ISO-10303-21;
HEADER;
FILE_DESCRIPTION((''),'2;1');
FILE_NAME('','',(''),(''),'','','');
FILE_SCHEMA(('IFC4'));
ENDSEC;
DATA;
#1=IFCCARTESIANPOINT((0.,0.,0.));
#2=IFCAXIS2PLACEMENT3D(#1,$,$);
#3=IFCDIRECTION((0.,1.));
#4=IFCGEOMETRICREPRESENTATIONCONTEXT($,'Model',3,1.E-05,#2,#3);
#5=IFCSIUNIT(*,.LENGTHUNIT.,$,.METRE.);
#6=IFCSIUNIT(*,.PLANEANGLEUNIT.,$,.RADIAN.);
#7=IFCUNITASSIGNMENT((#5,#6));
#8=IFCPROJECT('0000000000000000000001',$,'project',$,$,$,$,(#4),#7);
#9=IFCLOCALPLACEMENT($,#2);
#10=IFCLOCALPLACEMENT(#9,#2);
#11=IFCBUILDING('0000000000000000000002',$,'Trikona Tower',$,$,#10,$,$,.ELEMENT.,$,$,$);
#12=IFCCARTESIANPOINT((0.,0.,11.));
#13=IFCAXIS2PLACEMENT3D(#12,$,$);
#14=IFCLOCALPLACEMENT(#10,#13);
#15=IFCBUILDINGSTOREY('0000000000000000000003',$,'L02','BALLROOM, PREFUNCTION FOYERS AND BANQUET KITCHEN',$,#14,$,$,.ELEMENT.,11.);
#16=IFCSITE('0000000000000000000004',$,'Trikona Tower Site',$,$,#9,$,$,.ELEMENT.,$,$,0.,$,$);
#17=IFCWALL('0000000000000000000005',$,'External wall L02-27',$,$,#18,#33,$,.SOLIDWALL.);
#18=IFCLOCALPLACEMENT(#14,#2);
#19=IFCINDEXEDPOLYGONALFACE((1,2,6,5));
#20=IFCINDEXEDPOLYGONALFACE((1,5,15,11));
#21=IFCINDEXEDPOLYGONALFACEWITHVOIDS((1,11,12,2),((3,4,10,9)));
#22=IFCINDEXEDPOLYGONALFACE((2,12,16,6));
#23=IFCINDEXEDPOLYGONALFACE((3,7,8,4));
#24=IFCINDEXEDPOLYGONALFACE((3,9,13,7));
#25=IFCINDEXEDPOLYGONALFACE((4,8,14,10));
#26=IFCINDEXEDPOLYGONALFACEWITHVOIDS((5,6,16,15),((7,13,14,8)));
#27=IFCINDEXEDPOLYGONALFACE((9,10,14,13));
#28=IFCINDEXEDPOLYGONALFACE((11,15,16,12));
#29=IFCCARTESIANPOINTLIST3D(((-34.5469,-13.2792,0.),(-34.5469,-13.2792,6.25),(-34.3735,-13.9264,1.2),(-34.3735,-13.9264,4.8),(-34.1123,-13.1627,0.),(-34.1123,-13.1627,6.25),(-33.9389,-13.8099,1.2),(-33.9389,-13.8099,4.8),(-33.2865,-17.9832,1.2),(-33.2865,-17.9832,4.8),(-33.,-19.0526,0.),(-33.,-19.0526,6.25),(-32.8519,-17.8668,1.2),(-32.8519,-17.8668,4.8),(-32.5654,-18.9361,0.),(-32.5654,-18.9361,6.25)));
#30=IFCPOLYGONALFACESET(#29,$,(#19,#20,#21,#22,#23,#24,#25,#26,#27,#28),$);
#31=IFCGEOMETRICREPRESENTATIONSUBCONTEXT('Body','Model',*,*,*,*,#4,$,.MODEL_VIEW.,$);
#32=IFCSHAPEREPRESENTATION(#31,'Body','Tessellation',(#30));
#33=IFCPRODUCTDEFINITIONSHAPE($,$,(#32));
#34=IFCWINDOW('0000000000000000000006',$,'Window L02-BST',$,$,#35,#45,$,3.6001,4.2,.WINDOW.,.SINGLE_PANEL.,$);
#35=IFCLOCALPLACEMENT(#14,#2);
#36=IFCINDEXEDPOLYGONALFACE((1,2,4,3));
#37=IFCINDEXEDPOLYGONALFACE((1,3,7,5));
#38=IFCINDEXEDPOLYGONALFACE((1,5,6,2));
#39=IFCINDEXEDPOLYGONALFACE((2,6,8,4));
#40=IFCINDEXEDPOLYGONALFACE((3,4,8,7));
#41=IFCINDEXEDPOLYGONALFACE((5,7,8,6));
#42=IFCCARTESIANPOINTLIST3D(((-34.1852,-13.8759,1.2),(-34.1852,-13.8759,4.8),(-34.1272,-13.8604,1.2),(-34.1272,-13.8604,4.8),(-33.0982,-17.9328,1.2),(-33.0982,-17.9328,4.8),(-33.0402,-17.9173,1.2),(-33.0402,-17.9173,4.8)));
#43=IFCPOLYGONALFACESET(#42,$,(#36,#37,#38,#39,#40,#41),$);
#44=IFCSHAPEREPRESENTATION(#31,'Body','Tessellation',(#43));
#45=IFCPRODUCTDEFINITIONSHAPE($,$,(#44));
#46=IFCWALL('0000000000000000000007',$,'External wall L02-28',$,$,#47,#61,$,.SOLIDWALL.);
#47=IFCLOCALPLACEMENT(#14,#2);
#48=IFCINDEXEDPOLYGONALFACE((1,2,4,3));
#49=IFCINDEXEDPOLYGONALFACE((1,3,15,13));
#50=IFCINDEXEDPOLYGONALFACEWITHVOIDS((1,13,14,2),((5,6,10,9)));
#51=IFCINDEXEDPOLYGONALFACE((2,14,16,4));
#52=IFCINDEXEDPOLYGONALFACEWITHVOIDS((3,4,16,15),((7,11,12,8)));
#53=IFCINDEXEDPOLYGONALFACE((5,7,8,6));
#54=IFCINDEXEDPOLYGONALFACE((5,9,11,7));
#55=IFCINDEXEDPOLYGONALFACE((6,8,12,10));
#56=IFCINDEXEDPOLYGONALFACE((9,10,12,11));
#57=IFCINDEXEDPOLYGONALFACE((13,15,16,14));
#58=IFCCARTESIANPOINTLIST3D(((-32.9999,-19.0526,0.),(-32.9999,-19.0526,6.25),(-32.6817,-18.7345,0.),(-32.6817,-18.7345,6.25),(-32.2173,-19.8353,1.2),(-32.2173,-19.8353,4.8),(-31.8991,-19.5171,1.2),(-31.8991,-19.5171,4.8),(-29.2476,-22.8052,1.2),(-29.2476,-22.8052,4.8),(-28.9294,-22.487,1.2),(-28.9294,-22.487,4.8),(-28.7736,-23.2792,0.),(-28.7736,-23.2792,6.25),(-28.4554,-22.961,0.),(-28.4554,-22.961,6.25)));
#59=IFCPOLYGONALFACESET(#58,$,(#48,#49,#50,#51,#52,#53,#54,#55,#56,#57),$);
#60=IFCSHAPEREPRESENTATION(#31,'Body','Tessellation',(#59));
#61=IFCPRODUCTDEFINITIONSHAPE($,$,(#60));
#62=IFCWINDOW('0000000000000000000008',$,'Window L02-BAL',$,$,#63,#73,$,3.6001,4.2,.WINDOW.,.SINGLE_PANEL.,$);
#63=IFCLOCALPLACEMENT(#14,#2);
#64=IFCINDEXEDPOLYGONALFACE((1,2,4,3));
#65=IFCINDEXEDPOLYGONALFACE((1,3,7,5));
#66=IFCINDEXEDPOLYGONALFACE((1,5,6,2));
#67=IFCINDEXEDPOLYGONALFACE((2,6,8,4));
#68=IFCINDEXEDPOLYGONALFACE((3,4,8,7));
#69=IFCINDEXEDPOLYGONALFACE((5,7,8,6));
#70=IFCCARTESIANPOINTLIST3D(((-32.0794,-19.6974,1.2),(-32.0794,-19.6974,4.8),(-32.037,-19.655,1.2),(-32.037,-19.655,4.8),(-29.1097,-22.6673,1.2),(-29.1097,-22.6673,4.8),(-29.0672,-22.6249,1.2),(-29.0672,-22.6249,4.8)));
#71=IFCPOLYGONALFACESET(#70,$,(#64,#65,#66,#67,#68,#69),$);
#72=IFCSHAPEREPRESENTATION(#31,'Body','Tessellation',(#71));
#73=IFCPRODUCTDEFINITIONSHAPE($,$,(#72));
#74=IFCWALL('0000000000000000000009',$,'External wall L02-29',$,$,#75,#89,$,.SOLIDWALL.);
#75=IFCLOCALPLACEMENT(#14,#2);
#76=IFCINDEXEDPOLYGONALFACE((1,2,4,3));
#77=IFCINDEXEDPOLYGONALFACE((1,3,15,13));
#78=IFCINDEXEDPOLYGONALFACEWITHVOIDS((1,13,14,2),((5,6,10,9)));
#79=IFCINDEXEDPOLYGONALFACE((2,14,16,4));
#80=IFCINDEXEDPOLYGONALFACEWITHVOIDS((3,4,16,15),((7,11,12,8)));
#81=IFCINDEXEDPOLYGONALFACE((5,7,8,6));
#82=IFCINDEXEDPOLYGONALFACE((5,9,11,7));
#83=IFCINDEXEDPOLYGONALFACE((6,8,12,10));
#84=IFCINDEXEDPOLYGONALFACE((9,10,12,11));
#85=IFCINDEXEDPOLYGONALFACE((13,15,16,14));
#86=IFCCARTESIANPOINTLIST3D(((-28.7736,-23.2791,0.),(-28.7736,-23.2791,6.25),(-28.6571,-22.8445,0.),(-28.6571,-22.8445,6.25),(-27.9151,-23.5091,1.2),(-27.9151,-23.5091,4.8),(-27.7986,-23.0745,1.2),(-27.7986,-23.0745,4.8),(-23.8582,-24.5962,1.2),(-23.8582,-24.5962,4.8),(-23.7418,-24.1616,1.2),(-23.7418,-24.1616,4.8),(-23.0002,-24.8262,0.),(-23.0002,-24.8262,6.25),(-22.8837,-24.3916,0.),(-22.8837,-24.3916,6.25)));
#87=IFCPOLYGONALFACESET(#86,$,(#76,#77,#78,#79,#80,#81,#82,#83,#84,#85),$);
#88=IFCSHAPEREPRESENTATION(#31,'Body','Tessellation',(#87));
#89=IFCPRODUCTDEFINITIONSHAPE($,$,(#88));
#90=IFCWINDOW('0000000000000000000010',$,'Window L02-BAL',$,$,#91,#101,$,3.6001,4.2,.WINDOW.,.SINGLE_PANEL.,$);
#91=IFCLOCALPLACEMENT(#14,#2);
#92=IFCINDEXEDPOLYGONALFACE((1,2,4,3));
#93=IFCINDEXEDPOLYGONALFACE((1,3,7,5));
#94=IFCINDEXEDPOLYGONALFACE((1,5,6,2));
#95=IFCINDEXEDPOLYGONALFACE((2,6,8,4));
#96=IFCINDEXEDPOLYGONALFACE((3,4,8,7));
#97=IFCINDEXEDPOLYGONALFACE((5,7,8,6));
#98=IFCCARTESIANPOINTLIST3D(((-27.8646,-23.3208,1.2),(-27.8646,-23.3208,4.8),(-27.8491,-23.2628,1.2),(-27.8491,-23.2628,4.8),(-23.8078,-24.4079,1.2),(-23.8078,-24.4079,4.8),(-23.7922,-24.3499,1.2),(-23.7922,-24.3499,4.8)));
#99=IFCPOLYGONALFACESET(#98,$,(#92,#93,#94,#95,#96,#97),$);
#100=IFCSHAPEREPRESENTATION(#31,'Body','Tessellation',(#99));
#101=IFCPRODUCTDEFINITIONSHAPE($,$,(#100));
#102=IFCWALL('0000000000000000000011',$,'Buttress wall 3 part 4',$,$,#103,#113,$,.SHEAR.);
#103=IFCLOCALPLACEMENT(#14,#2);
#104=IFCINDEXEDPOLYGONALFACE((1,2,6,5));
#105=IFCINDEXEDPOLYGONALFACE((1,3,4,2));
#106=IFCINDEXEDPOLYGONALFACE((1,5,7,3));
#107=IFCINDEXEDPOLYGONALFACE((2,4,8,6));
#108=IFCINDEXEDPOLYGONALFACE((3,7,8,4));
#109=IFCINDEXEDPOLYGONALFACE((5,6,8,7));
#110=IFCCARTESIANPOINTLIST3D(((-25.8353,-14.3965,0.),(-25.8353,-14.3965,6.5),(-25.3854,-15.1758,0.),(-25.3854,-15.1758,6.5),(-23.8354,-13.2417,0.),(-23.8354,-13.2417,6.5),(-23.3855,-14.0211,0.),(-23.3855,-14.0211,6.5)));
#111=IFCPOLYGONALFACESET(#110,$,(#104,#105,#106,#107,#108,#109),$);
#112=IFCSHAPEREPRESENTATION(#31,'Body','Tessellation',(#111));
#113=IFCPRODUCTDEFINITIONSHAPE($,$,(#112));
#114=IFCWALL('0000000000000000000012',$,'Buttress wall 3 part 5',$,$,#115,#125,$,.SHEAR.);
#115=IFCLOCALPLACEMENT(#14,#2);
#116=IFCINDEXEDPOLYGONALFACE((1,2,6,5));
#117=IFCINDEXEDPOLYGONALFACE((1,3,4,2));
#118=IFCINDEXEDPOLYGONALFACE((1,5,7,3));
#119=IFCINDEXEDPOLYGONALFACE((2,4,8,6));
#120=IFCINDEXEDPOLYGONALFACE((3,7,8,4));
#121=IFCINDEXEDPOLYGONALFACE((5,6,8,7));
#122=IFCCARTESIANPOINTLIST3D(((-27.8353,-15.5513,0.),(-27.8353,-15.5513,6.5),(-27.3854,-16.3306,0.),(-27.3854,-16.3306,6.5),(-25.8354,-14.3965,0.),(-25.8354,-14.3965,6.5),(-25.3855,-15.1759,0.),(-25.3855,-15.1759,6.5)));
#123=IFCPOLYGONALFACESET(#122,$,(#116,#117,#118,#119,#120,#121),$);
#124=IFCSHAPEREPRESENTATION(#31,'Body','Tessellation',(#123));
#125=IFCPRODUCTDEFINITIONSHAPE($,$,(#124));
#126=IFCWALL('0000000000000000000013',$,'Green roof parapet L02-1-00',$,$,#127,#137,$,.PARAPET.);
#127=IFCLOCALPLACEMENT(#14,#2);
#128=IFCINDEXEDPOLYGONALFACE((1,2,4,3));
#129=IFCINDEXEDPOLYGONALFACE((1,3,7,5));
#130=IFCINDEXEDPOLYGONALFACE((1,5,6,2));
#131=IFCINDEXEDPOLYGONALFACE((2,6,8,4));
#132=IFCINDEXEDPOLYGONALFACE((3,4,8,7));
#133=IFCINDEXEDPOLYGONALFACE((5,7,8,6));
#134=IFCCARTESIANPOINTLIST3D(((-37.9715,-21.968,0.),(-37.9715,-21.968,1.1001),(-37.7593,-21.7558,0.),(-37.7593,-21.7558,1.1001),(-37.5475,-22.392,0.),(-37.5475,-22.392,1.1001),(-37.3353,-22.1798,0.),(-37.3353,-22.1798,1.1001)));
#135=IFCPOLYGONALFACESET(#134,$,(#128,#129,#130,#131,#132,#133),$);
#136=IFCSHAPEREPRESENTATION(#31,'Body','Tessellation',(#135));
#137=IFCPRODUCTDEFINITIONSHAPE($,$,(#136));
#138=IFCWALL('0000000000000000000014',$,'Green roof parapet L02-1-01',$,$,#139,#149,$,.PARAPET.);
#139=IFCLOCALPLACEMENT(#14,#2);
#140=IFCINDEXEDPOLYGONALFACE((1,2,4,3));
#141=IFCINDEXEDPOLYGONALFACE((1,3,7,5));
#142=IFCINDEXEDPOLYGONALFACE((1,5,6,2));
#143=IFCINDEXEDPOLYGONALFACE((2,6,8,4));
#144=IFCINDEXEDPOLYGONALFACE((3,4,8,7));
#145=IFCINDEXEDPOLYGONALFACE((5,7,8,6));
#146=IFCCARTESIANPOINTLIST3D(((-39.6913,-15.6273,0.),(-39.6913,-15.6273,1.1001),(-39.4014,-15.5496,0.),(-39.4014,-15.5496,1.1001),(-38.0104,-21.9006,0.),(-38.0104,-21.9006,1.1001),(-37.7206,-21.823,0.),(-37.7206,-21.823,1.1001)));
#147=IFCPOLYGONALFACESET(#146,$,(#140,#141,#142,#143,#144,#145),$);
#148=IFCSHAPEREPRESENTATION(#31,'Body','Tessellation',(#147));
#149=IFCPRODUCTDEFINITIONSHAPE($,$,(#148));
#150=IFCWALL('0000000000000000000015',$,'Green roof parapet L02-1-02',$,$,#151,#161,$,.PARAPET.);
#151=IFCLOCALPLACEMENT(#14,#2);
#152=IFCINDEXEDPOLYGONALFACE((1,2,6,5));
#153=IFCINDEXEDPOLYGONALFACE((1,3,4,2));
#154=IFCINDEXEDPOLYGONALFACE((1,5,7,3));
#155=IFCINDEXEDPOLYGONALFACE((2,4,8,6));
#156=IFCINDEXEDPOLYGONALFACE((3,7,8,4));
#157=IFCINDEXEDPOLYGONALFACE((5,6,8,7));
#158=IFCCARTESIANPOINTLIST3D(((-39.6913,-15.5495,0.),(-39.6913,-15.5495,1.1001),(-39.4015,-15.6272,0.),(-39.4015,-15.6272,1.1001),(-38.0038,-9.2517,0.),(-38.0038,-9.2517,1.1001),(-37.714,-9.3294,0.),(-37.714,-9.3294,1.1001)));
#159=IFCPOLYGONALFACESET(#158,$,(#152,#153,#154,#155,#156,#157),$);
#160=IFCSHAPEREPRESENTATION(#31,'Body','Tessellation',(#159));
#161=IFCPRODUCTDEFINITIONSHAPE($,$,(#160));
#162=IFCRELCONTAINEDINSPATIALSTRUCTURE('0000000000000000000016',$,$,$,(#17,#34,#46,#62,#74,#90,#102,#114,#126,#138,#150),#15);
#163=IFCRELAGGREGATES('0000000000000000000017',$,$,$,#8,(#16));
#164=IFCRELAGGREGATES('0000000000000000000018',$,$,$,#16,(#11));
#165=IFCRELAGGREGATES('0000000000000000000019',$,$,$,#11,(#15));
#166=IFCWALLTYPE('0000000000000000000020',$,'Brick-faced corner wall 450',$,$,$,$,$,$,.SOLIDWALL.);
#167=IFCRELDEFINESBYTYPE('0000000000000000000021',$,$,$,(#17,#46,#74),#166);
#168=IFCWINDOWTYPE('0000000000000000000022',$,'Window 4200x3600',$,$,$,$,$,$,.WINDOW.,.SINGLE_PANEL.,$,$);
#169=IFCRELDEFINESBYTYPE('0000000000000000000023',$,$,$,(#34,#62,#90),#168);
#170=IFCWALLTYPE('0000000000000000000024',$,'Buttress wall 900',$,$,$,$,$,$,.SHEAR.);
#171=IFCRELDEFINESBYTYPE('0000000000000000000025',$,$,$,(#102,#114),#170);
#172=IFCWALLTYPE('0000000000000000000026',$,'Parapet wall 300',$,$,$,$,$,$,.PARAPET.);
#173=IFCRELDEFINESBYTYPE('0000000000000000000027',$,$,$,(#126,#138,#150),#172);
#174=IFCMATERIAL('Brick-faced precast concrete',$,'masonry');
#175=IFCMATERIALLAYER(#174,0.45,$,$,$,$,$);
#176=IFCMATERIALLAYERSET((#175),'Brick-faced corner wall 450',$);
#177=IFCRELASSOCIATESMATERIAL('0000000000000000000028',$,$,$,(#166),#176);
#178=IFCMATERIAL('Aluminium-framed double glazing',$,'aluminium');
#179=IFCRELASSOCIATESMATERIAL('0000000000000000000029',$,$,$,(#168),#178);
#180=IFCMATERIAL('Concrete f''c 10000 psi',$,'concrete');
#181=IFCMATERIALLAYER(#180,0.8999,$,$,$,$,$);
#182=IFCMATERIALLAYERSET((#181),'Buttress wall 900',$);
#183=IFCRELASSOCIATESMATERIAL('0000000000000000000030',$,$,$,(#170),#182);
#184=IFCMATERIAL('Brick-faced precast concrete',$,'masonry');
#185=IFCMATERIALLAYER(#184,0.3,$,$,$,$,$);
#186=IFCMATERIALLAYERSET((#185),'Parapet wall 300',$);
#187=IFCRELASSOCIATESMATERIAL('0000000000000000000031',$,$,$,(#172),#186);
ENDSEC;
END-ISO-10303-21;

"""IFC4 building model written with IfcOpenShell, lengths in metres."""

from ifc_helpers import new_model, si_unit, direction, frame, frame_2d, origin, place, context, subcontext, project, spatial, rectangle, extrude, material, layer, layer_set, type_object, element, fill, save


model = new_model("IFC4")

# Units and contexts
model_context = context("Model", 3, precision=1e-05, world=origin(), true_north=direction((0.0, 1.0)))
body_context = subcontext(model_context, "Body", "Model", "MODEL_VIEW")
ifc_project = project(units=[si_unit("LENGTHUNIT", "METRE"), si_unit("PLANEANGLEUNIT", "RADIAN")], contexts=[model_context])

# Site, building, storey
site_placement = place(None, origin())
site = spatial("IfcSite", under=ifc_project, at=site_placement, Name="Trikona Tower Site", CompositionType="ELEMENT", RefElevation=0.0)
building_placement = place(site_placement, origin())
building = spatial("IfcBuilding", under=site, at=building_placement, Name="Trikona Tower", CompositionType="ELEMENT")
storey_placement = place(building_placement, frame((0.0, 0.0, 11.0)))
storey = spatial("IfcBuildingStorey", under=building, at=storey_placement, Name="L02", Description="BALLROOM, PREFUNCTION FOYERS AND BANQUET KITCHEN", CompositionType="ELEMENT", Elevation=11.0)

# Walls, openings, windows
ifc_material_1 = material(Name="Brick-faced precast concrete", Category="masonry")
ifc_layer_1 = layer(ifc_material_1, 0.45)
ifc_layer_set_1 = layer_set([ifc_layer_1], Name="Brick-faced corner wall 450")
wall_type_1 = type_object("IfcWallType", Name="Brick-faced corner wall 450", PredefinedType="SOLIDWALL", material=ifc_layer_set_1)
wall_1_placement = place(storey_placement, frame((-34.3296, -13.2209, 0.0), z_axis=(0.0, 0.0, 1.0), x_axis=(0.258801, -0.965931, 0.0)))
wall_1 = element("IfcWall", 1, at=wall_1_placement, inside=storey, type_object=wall_type_1, Name="External wall L02-27", PredefinedType="SOLIDWALL", context=body_context, shape_type="SweptSolid", body=[
    extrude(rectangle(XDim=5.9771, YDim=0.45, at=frame_2d((2.9885, 0.0))), origin(), (0.0, 0.0, 1.0), 6.25),
])
opening_1_placement = place(wall_1_placement, frame((0.6699, 0.0, 1.2)))
opening_1 = element("IfcOpeningElement", 2, at=opening_1_placement, cuts=wall_1, PredefinedType="OPENING", context=body_context, shape_type="SweptSolid", body=[
    extrude(rectangle(XDim=4.2, YDim=3.6001, at=frame_2d((2.1001, 1.8))), frame((0.0, 0.2349, 0.0), z_axis=(0.0, -1.0, 0.0), x_axis=(1.0, 0.0, 0.0)), (0.0, 0.0, 1.0), 0.47),
])
ifc_material_2 = material(Name="Aluminium-framed double glazing", Category="aluminium")
window_type = type_object("IfcWindowType", Name="Window 4200x3600", PartitioningType="SINGLE_PANEL", PredefinedType="WINDOW", material=ifc_material_2)
window_1_placement = place(opening_1_placement, origin())
window_1 = element("IfcWindow", 3, at=window_1_placement, inside=storey, type_object=window_type, Name="Window L02-BST", OverallHeight=3.6001, OverallWidth=4.2, PartitioningType="SINGLE_PANEL", PredefinedType="WINDOW", context=body_context, shape_type="SweptSolid", body=[
    extrude(rectangle(XDim=4.2, YDim=3.6001, at=frame_2d((2.1001, 1.8))), frame((0.0, 0.03, 0.0), z_axis=(0.0, -1.0, 0.0), x_axis=(1.0, 0.0, 0.0)), (0.0, 0.0, 1.0), 0.0601),
])
fill(opening_1, window_1)
wall_2_placement = place(storey_placement, frame((-32.8408, -18.8936, 0.0), z_axis=(0.0, 0.0, 1.0), x_axis=(0.707086, -0.707127, 0.0)))
wall_2 = element("IfcWall", 4, at=wall_2_placement, inside=storey, type_object=wall_type_1, Name="External wall L02-28", PredefinedType="SOLIDWALL", context=body_context, shape_type="SweptSolid", body=[
    extrude(rectangle(XDim=5.9771, YDim=0.45, at=frame_2d((2.9885, 0.0))), origin(), (0.0, 0.0, 1.0), 6.25),
])
opening_2_placement = place(wall_2_placement, frame((1.1067, 0.0, 1.2)))
opening_2 = element("IfcOpeningElement", 5, at=opening_2_placement, cuts=wall_2, PredefinedType="OPENING", context=body_context, shape_type="SweptSolid", body=[
    extrude(rectangle(XDim=4.2, YDim=3.6001, at=frame_2d((2.1001, 1.8))), frame((0.0, 0.2349, 0.0), z_axis=(0.0, -1.0, 0.0), x_axis=(1.0, 0.0, 0.0)), (0.0, 0.0, 1.0), 0.47),
])
window_2_placement = place(opening_2_placement, origin())
window_2 = element("IfcWindow", 6, at=window_2_placement, inside=storey, type_object=window_type, Name="Window L02-BAL", OverallHeight=3.6001, OverallWidth=4.2, PartitioningType="SINGLE_PANEL", PredefinedType="WINDOW", context=body_context, shape_type="SweptSolid", body=[
    extrude(rectangle(XDim=4.2, YDim=3.6001, at=frame_2d((2.1001, 1.8))), frame((0.0, 0.03, 0.0), z_axis=(0.0, -1.0, 0.0), x_axis=(1.0, 0.0, 0.0)), (0.0, 0.0, 1.0), 0.0601),
])
fill(opening_2, window_2)
wall_3_placement = place(storey_placement, frame((-28.7153, -23.0618, 0.0), z_axis=(0.0, 0.0, 1.0), x_axis=(0.96592, -0.25884, 0.0)))
wall_3 = element("IfcWall", 7, at=wall_3_placement, inside=storey, type_object=wall_type_1, Name="External wall L02-29", PredefinedType="SOLIDWALL", context=body_context, shape_type="SweptSolid", body=[
    extrude(rectangle(XDim=5.9771, YDim=0.45, at=frame_2d((2.9885, 0.0))), origin(), (0.0, 0.0, 1.0), 6.25),
])
opening_3_placement = place(wall_3_placement, frame((0.8887, 0.0, 1.2)))
opening_3 = element("IfcOpeningElement", 8, at=opening_3_placement, cuts=wall_3, PredefinedType="OPENING", context=body_context, shape_type="SweptSolid", body=[
    extrude(rectangle(XDim=4.2, YDim=3.6001, at=frame_2d((2.1001, 1.8))), frame((0.0, 0.2349, 0.0), z_axis=(0.0, -1.0, 0.0), x_axis=(1.0, 0.0, 0.0)), (0.0, 0.0, 1.0), 0.47),
])
window_3_placement = place(opening_3_placement, origin())
window_3 = element("IfcWindow", 9, at=window_3_placement, inside=storey, type_object=window_type, Name="Window L02-BAL", OverallHeight=3.6001, OverallWidth=4.2, PartitioningType="SINGLE_PANEL", PredefinedType="WINDOW", context=body_context, shape_type="SweptSolid", body=[
    extrude(rectangle(XDim=4.2, YDim=3.6001, at=frame_2d((2.1001, 1.8))), frame((0.0, 0.03, 0.0), z_axis=(0.0, -1.0, 0.0), x_axis=(1.0, 0.0, 0.0)), (0.0, 0.0, 1.0), 0.0601),
])
fill(opening_3, window_3)

# Walls
ifc_material_3 = material(Name="Concrete f'c 10000 psi", Category="concrete")
ifc_layer_2 = layer(ifc_material_3, 0.8999)
ifc_layer_set_2 = layer_set([ifc_layer_2], Name="Buttress wall 900")
wall_type_2 = type_object("IfcWallType", Name="Buttress wall 900", PredefinedType="SHEAR", material=ifc_layer_set_2)
for number, where, z_axis, x_axis, name in (
    (10, (-23.6104, -13.6313, 0.0), (0.0, 0.0, 1.0), (-0.86601, -0.500027, 0.0), "Buttress wall 3 part 4"),
    (11, (-25.6104, -14.7861, 0.0), (0.0, 0.0, 1.0), (-0.86601, -0.500027, 0.0), "Buttress wall 3 part 5"),
):
    element("IfcWall", number, at=place(storey_placement, frame(where, z_axis=z_axis, x_axis=x_axis)), inside=storey, type_object=wall_type_2, Name=name, PredefinedType="SHEAR", context=body_context, shape_type="SweptSolid", body=[
        extrude(rectangle(XDim=2.3093, YDim=0.8999, at=frame_2d((1.1548, 0.0))), origin(), (0.0, 0.0, 1.0), 6.5),
    ])
ifc_material_4 = material(Name="Brick-faced precast concrete", Category="masonry")
ifc_layer_3 = layer(ifc_material_4, 0.3)
ifc_layer_set_3 = layer_set([ifc_layer_3], Name="Parapet wall 300")
wall_type_3 = type_object("IfcWallType", Name="Parapet wall 300", PredefinedType="PARAPET", material=ifc_layer_set_3)
wall_4_placement = place(storey_placement, frame((-37.4414, -22.2859, 0.0), z_axis=(0.0, 0.0, 1.0), x_axis=(-0.707107, 0.707107, 0.0)))
element("IfcWall", 12, at=wall_4_placement, inside=storey, type_object=wall_type_3, Name="Green roof parapet L02-1-00", PredefinedType="PARAPET", context=body_context, shape_type="SweptSolid", body=[
    extrude(rectangle(XDim=0.5996, YDim=0.3, at=frame_2d((0.2998, 0.0))), origin(), (0.0, 0.0, 1.0), 1.1001),
])
wall_5_placement = place(storey_placement, frame((-37.8655, -21.8618, 0.0), z_axis=(0.0, 0.0, 1.0), x_axis=(-0.258811, 0.965928, 0.0)))
element("IfcWall", 13, at=wall_5_placement, inside=storey, type_object=wall_type_3, Name="Green roof parapet L02-1-01", PredefinedType="PARAPET", context=body_context, shape_type="SweptSolid", body=[
    extrude(rectangle(XDim=6.4946, YDim=0.3, at=frame_2d((3.2473, 0.0))), origin(), (0.0, 0.0, 1.0), 1.1001),
])
wall_6_placement = place(storey_placement, frame((-39.5464, -15.5884, 0.0), z_axis=(0.0, 0.0, 1.0), x_axis=(0.258818, 0.965926, 0.0)))
element("IfcWall", 14, at=wall_6_placement, inside=storey, type_object=wall_type_3, Name="Green roof parapet L02-1-02", PredefinedType="PARAPET", context=body_context, shape_type="SweptSolid", body=[
    extrude(rectangle(XDim=6.52, YDim=0.3, at=frame_2d((3.26, 0.0))), origin(), (0.0, 0.0, 1.0), 1.1001),
])

save(model, "model.ifc")
